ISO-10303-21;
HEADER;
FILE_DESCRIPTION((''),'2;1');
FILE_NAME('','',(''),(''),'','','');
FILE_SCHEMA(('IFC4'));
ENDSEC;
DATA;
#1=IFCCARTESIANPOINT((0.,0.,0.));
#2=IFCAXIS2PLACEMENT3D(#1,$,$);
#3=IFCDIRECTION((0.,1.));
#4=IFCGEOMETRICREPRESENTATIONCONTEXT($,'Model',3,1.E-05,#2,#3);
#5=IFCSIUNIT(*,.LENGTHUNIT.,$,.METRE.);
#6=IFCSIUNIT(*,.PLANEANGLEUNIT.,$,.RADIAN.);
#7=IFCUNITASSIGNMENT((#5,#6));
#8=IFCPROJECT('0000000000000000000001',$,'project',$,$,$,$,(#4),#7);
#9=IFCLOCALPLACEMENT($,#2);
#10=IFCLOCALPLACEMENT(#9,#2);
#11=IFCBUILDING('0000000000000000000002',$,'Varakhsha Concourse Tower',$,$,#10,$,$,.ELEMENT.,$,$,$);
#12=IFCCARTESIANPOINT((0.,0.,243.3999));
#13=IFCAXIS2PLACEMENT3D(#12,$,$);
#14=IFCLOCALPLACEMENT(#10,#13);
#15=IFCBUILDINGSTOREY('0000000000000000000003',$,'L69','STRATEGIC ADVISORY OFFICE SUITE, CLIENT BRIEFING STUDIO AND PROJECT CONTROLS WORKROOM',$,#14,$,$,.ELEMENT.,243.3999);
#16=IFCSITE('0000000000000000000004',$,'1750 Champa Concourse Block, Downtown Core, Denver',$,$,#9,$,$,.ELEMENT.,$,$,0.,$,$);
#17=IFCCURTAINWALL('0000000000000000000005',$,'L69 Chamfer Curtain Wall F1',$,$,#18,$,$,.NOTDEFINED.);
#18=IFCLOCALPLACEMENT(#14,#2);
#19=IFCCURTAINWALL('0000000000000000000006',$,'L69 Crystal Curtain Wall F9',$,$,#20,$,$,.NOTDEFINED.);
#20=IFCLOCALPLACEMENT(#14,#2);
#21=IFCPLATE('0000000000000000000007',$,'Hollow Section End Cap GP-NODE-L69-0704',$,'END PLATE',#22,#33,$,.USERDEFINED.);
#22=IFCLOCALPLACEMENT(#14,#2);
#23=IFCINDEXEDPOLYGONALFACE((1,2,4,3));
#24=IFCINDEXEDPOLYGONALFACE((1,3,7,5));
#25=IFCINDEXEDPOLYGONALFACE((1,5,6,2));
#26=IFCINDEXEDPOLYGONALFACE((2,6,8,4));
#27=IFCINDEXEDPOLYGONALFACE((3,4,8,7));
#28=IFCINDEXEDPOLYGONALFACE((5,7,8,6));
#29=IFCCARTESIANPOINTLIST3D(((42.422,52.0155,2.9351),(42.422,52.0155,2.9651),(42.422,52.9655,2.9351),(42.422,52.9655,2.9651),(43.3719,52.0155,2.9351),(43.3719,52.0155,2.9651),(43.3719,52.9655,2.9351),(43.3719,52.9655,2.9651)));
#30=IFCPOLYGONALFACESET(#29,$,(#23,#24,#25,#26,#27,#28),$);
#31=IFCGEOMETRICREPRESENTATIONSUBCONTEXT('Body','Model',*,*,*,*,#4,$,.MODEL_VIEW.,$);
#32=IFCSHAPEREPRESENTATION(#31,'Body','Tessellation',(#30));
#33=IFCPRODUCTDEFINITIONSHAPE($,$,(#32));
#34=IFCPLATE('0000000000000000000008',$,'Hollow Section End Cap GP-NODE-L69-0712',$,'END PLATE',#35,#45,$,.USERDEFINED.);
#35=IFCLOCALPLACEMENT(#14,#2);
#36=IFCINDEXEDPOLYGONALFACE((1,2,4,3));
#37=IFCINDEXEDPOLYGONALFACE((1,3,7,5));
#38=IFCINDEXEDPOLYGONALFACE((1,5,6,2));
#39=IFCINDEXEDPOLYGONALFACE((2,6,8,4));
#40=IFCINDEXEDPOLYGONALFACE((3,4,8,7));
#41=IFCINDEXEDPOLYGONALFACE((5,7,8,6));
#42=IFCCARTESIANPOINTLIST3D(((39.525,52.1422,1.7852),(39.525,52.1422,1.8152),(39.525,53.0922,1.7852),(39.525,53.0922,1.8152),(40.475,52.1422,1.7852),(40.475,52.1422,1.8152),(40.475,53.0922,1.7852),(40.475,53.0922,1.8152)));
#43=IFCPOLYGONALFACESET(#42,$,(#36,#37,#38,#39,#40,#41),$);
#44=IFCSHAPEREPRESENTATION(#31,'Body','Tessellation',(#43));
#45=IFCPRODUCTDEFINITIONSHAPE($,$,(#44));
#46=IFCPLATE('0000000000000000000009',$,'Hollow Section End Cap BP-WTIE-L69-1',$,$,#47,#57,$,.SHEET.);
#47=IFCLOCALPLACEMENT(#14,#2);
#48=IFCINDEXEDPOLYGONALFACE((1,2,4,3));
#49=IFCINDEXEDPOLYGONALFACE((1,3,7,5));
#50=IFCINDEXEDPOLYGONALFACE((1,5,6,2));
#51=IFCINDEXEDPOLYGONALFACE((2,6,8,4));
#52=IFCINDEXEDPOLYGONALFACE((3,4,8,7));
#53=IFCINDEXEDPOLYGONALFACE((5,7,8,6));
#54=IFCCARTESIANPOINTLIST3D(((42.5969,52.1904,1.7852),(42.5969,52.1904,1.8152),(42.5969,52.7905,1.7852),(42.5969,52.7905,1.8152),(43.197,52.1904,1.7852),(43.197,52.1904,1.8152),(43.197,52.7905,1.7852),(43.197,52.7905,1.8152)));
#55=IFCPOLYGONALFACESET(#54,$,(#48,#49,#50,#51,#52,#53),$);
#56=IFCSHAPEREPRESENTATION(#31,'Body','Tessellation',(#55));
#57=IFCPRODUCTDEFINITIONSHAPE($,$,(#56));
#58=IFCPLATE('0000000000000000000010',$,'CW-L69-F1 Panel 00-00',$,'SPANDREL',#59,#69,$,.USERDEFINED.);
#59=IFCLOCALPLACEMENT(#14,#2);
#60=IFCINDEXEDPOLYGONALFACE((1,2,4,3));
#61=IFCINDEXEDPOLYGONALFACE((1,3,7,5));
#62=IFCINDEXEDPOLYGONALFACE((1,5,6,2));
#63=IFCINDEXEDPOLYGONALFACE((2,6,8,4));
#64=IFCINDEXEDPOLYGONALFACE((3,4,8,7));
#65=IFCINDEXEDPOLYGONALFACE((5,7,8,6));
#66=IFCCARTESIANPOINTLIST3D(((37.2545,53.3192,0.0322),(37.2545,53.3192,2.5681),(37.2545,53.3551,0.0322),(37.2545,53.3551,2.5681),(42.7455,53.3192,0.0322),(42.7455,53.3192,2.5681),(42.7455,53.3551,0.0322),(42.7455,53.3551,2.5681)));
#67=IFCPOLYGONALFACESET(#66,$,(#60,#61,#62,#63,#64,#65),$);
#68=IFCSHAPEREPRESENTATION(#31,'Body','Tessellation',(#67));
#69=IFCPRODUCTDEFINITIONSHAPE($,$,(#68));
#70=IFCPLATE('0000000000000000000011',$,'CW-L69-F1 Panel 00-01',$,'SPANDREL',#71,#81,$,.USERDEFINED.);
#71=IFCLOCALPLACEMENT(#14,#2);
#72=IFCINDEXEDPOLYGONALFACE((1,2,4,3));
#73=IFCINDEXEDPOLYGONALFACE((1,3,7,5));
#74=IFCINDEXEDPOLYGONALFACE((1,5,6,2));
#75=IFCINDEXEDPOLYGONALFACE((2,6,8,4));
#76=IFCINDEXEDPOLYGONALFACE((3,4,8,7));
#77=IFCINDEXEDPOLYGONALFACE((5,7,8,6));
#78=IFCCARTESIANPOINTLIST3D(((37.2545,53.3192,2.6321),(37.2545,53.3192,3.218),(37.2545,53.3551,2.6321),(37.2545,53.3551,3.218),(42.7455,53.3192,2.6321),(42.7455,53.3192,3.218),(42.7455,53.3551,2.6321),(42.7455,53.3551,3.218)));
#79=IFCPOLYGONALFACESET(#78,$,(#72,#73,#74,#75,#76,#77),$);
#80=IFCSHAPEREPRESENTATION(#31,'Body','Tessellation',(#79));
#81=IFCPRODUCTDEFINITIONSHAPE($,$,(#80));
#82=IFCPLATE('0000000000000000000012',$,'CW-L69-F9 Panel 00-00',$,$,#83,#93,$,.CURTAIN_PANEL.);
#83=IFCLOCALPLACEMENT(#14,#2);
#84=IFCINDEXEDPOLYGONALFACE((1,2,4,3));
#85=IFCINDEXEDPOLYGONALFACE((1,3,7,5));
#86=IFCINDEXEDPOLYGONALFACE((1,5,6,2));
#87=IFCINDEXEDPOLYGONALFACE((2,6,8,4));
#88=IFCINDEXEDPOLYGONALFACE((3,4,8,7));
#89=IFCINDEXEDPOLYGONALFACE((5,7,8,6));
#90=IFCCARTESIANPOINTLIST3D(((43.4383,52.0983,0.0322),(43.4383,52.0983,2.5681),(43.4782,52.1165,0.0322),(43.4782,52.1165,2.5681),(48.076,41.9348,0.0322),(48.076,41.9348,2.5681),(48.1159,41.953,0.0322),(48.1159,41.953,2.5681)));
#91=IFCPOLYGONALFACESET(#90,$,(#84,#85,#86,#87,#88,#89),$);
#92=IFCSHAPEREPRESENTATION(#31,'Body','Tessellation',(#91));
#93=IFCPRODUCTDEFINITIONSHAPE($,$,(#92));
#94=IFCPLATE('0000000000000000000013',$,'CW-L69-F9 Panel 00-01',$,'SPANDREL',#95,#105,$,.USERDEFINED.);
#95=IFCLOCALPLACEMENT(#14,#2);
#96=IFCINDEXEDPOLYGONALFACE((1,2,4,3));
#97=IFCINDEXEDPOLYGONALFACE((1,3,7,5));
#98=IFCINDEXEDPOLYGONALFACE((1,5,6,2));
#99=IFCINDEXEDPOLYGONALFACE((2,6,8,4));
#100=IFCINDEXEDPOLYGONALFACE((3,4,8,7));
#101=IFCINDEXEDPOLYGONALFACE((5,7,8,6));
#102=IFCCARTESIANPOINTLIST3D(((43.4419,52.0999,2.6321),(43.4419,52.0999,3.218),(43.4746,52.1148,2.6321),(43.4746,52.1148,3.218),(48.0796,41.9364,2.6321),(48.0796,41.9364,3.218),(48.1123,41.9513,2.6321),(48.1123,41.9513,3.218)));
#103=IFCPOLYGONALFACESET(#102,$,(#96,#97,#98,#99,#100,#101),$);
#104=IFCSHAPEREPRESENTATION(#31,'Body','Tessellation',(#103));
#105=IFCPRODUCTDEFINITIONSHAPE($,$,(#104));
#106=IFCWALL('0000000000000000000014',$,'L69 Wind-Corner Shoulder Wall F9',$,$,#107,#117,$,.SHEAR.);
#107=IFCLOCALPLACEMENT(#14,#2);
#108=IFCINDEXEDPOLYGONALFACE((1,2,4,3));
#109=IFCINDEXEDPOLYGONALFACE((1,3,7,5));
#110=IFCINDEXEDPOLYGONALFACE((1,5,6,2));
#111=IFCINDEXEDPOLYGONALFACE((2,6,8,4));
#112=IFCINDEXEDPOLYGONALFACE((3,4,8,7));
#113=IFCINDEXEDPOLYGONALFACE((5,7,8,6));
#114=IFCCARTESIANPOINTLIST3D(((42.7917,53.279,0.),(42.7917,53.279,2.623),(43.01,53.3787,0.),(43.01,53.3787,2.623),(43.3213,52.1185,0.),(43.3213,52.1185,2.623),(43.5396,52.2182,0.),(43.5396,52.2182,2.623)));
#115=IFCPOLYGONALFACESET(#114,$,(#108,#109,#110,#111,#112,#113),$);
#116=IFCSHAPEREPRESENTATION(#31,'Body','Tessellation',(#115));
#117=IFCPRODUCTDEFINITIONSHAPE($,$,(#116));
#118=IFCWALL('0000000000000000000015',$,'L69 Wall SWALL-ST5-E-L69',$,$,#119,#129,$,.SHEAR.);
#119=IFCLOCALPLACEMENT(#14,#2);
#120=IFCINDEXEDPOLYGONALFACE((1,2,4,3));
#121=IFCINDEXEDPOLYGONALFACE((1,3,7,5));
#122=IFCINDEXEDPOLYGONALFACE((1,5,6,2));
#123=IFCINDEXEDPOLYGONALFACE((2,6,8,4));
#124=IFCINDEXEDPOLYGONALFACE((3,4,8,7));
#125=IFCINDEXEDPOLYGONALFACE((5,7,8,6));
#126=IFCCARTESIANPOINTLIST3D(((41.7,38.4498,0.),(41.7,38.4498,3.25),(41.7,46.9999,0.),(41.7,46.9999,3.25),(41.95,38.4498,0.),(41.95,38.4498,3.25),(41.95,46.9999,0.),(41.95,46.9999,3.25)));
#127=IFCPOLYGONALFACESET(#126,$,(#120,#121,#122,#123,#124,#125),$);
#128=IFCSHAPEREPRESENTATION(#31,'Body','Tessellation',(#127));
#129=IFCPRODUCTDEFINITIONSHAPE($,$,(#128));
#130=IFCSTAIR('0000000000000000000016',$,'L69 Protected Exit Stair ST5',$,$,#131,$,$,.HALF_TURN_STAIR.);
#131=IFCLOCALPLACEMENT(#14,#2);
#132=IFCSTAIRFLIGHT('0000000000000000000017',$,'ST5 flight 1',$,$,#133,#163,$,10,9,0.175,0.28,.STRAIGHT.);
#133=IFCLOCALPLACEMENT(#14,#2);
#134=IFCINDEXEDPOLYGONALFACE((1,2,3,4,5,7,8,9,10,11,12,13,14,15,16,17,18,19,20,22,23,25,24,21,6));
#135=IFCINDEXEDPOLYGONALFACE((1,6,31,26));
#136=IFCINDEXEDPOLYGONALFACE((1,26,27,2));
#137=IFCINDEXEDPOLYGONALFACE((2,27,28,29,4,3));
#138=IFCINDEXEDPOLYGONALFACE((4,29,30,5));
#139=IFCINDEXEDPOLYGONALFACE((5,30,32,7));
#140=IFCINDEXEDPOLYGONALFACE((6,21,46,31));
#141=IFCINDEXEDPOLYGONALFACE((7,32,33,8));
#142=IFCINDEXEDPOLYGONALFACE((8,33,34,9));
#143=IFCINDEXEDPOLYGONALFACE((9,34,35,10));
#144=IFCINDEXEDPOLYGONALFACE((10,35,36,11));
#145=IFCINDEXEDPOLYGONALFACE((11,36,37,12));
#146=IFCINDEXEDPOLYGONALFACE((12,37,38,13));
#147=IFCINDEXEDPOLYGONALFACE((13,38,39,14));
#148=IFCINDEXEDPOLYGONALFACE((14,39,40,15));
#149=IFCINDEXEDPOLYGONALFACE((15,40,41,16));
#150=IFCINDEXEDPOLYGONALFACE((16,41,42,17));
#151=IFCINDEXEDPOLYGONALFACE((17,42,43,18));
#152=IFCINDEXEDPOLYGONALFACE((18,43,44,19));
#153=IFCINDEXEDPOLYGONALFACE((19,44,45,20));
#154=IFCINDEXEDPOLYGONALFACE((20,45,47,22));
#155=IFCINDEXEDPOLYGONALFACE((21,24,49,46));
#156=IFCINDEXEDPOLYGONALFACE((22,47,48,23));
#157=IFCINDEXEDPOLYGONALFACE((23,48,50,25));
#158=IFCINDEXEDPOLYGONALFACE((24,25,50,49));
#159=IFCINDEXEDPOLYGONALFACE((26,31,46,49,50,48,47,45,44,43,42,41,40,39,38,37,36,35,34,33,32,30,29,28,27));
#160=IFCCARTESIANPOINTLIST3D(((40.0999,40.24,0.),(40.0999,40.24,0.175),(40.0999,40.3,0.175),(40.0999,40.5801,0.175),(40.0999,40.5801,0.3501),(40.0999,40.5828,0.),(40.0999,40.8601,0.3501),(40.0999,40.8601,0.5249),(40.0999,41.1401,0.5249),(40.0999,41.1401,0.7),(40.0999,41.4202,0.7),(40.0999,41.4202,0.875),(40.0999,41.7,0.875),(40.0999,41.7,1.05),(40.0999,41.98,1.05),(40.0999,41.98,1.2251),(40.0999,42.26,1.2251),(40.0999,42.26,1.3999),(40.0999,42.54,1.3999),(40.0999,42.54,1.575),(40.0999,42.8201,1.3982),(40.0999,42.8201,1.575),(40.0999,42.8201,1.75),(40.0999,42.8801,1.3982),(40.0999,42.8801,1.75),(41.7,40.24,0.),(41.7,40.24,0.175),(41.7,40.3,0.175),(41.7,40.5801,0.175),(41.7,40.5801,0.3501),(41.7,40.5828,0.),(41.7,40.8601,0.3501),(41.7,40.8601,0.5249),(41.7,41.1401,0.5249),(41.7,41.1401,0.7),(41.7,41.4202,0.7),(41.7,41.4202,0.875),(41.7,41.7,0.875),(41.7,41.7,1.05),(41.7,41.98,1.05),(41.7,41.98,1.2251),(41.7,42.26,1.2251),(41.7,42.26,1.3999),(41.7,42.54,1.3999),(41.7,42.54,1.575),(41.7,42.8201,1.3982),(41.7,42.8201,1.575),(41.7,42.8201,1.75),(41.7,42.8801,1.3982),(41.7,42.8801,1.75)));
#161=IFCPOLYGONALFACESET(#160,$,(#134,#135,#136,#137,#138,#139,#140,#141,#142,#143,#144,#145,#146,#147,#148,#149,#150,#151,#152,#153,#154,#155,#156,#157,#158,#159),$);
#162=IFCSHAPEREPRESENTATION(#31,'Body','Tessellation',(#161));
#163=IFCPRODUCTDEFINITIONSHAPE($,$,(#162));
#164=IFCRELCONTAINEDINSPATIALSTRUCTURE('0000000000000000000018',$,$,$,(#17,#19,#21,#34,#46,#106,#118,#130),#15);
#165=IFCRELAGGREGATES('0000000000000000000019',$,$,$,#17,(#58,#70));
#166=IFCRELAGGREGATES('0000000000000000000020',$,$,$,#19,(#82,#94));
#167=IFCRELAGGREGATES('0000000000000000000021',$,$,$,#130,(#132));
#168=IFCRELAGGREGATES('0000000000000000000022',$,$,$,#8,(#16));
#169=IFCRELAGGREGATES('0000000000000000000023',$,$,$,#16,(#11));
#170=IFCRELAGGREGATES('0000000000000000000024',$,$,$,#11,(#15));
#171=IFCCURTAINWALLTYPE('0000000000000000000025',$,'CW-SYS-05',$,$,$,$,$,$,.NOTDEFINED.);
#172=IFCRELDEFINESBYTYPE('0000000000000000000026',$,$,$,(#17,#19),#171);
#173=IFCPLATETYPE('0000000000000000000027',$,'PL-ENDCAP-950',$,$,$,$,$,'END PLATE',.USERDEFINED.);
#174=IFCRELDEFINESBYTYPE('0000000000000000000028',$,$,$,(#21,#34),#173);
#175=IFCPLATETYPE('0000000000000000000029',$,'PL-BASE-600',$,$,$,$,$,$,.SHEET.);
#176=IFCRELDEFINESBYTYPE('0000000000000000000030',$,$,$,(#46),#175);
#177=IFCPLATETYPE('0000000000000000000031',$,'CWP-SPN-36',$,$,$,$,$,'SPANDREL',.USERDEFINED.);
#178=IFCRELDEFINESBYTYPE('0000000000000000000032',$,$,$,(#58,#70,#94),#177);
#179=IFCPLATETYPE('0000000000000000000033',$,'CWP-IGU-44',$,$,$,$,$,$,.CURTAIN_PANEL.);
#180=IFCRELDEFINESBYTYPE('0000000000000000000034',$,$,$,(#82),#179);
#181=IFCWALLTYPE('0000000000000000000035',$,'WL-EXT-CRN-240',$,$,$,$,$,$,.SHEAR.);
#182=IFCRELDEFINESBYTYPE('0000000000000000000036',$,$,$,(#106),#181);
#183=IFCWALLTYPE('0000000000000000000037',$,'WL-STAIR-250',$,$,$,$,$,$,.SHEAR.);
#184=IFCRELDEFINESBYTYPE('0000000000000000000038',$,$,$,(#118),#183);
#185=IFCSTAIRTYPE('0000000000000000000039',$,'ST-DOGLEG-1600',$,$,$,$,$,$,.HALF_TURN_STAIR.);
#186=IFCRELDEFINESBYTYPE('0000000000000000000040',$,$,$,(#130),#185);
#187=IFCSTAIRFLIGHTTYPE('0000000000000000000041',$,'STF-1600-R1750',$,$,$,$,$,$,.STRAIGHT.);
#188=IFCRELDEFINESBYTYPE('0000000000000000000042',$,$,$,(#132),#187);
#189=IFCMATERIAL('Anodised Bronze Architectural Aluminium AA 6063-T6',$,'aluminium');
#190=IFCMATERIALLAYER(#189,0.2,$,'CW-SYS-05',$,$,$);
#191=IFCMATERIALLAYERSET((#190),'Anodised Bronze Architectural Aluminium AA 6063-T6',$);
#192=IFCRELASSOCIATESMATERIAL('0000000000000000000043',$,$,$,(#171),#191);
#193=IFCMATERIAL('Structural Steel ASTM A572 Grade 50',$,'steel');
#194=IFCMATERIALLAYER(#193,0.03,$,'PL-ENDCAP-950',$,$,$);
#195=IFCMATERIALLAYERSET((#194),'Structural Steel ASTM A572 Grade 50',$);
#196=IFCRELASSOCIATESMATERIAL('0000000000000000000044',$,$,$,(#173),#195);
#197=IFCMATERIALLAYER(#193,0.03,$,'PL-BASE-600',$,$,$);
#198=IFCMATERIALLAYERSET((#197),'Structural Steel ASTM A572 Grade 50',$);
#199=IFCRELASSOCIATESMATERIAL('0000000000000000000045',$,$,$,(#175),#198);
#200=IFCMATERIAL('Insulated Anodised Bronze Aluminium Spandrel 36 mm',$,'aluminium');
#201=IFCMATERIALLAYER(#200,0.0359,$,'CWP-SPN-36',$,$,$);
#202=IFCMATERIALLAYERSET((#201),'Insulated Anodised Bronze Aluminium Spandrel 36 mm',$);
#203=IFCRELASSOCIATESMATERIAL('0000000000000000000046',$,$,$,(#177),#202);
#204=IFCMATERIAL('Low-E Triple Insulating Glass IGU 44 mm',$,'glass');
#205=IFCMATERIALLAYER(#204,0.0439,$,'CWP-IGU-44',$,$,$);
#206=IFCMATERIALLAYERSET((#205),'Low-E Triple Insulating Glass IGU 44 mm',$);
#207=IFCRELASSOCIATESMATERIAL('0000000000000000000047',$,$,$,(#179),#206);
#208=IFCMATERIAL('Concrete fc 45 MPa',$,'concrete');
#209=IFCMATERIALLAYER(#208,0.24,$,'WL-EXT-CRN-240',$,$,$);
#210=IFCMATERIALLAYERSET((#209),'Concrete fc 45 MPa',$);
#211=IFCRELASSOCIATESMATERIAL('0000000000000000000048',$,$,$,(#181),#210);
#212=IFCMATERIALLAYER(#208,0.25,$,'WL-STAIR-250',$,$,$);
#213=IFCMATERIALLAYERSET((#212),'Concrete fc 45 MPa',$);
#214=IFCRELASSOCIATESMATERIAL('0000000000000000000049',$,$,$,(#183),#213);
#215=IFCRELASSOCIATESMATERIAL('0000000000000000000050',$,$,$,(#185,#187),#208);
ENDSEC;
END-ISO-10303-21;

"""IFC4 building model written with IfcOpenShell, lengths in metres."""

from ifc_helpers import new_model, si_unit, direction, frame, frame_2d, origin, origin_2d, place, context, subcontext, project, spatial, polyline, rectangle, outline, extrude, source, transform, mapped, material, layer, layer_set, type_object, type_shapes, element, aggregate, save


model = new_model("IFC4")

# Units and contexts
model_context = context("Model", 3, precision=1e-05, world=origin(), true_north=direction((0.0, 1.0)))
body_context = subcontext(model_context, "Body", "Model", "MODEL_VIEW")
ifc_project = project(units=[si_unit("LENGTHUNIT", "METRE"), si_unit("PLANEANGLEUNIT", "RADIAN")], contexts=[model_context])

# Site, building, storey
site_placement = place(None, origin())
site = spatial("IfcSite", under=ifc_project, at=site_placement, Name="1750 Champa Concourse Block, Downtown Core, Denver", CompositionType="ELEMENT", RefElevation=0.0)
building_placement = place(site_placement, origin())
building = spatial("IfcBuilding", under=site, at=building_placement, Name="Varakhsha Concourse Tower", CompositionType="ELEMENT")
storey_placement = place(building_placement, frame((0.0, 0.0, 243.3999)))
storey = spatial("IfcBuildingStorey", under=building, at=storey_placement, Name="L69", Description="STRATEGIC ADVISORY OFFICE SUITE, CLIENT BRIEFING STUDIO AND PROJECT CONTROLS WORKROOM", CompositionType="ELEMENT", Elevation=243.3999)

# Shared definitions
ifc_material_1 = material(Name="Structural Steel ASTM A572 Grade 50", Category="steel")

# Curtain wall
ifc_material_2 = material(Name="Anodised Bronze Architectural Aluminium AA 6063-T6", Category="aluminium")
ifc_layer_1 = layer(ifc_material_2, 0.2, Name="CW-SYS-05")
ifc_layer_set_1 = layer_set([ifc_layer_1], Name="Anodised Bronze Architectural Aluminium AA 6063-T6")
curtain_wall_type = type_object("IfcCurtainWallType", Name="CW-SYS-05", PredefinedType="NOTDEFINED", material=ifc_layer_set_1)
curtain_wall_1_placement = place(storey_placement, origin())
curtain_wall_1 = element("IfcCurtainWall", 1, at=curtain_wall_1_placement, inside=storey, type_object=curtain_wall_type, Name="L69 Chamfer Curtain Wall F1", PredefinedType="NOTDEFINED")

# Curtain wall
curtain_wall_2_placement = place(storey_placement, origin())
curtain_wall_2 = element("IfcCurtainWall", 2, at=curtain_wall_2_placement, inside=storey, type_object=curtain_wall_type, Name="L69 Crystal Curtain Wall F9", PredefinedType="NOTDEFINED")

# Plates
ifc_layer_2 = layer(ifc_material_1, 0.03, Name="PL-ENDCAP-950")
ifc_layer_set_2 = layer_set([ifc_layer_2], Name="Structural Steel ASTM A572 Grade 50")
plate_type_1 = type_object("IfcPlateType", Name="PL-ENDCAP-950", ElementType="END PLATE", PredefinedType="USERDEFINED", material=ifc_layer_set_2)
shared_shape_1 = source(origin(), body_context, "Body", "SweptSolid", [
    extrude(rectangle(XDim=0.95, YDim=0.95, at=origin_2d()), origin(), (0.0, 0.0, 1.0), 0.03),
])
type_shapes(plate_type_1, [shared_shape_1])
for number, where, z_axis, x_axis, name in (
    (3, (42.897, 52.4905, 2.9351), (0.0, 0.0, 1.0), (1.0, 0.0, 0.0), "Hollow Section End Cap GP-NODE-L69-0704"),
    (4, (40.0, 52.6172, 1.7852), (0.0, 0.0, 1.0), (1.0, 0.0, 0.0), "Hollow Section End Cap GP-NODE-L69-0712"),
):
    element("IfcPlate", number, at=place(storey_placement, frame(where, z_axis=z_axis, x_axis=x_axis)), inside=storey, type_object=plate_type_1, Name=name, ObjectType="END PLATE", PredefinedType="USERDEFINED", context=body_context, shape_type="MappedRepresentation", body=[
        mapped(shared_shape_1, transform((0.0, 0.0, 0.0), scale=1.0)),
    ])
ifc_layer_3 = layer(ifc_material_1, 0.03, Name="PL-BASE-600")
ifc_layer_set_3 = layer_set([ifc_layer_3], Name="Structural Steel ASTM A572 Grade 50")
plate_type_2 = type_object("IfcPlateType", Name="PL-BASE-600", PredefinedType="SHEET", material=ifc_layer_set_3)
shared_shape_2 = source(origin(), body_context, "Body", "SweptSolid", [
    extrude(rectangle(XDim=0.6001, YDim=0.6001, at=origin_2d()), origin(), (0.0, 0.0, 1.0), 0.03),
])
type_shapes(plate_type_2, [shared_shape_2])
plate_1_placement = place(storey_placement, frame((42.897, 52.4905, 1.7852), z_axis=(0.0, 0.0, 1.0), x_axis=(1.0, 0.0, 0.0)))
element("IfcPlate", 5, at=plate_1_placement, inside=storey, type_object=plate_type_2, Name="Hollow Section End Cap BP-WTIE-L69-1", PredefinedType="SHEET", context=body_context, shape_type="MappedRepresentation", body=[
    mapped(shared_shape_2, transform((0.0, 0.0, 0.0), scale=1.0)),
])

# Plates
ifc_material_3 = material(Name="Insulated Anodised Bronze Aluminium Spandrel 36 mm", Category="aluminium")
ifc_layer_4 = layer(ifc_material_3, 0.0359, Name="CWP-SPN-36")
ifc_layer_set_4 = layer_set([ifc_layer_4], Name="Insulated Anodised Bronze Aluminium Spandrel 36 mm")
plate_type_3 = type_object("IfcPlateType", Name="CWP-SPN-36", ElementType="SPANDREL", PredefinedType="USERDEFINED", material=ifc_layer_set_4)
shared_shape_3 = source(origin(), body_context, "Body", "SweptSolid", [
    extrude(rectangle(XDim=5.491, YDim=0.0359, at=origin_2d()), origin(), (0.0, 0.0, 1.0), 2.5359),
])
plate_2_placement = place(storey_placement, frame((40.0, 53.3372, 0.0322), z_axis=(0.0, 0.0, 1.0), x_axis=(1.0, 0.0, 0.0)))
plate_2 = element("IfcPlate", 6, at=plate_2_placement, type_object=plate_type_3, Name="CW-L69-F1 Panel 00-00", ObjectType="SPANDREL", PredefinedType="USERDEFINED", context=body_context, shape_type="MappedRepresentation", body=[
    mapped(shared_shape_3, transform((0.0, 0.0, 0.0), scale=1.0)),
])
shared_shape_4 = source(origin(), body_context, "Body", "SweptSolid", [
    extrude(rectangle(XDim=5.491, YDim=0.0359, at=origin_2d()), origin(), (0.0, 0.0, 1.0), 0.5859),
])
plate_3_placement = place(storey_placement, frame((40.0, 53.3372, 2.6321), z_axis=(0.0, 0.0, 1.0), x_axis=(1.0, 0.0, 0.0)))
plate_3 = element("IfcPlate", 7, at=plate_3_placement, type_object=plate_type_3, Name="CW-L69-F1 Panel 00-01", ObjectType="SPANDREL", PredefinedType="USERDEFINED", context=body_context, shape_type="MappedRepresentation", body=[
    mapped(shared_shape_4, transform((0.0, 0.0, 0.0), scale=1.0)),
])
aggregate(curtain_wall_1, [plate_2, plate_3])
ifc_material_4 = material(Name="Low-E Triple Insulating Glass IGU 44 mm", Category="glass")
ifc_layer_5 = layer(ifc_material_4, 0.0439, Name="CWP-IGU-44")
ifc_layer_set_5 = layer_set([ifc_layer_5], Name="Low-E Triple Insulating Glass IGU 44 mm")
plate_type_4 = type_object("IfcPlateType", Name="CWP-IGU-44", PredefinedType="CURTAIN_PANEL", material=ifc_layer_set_5)
shared_shape_5 = source(origin(), body_context, "Body", "SweptSolid", [
    extrude(rectangle(XDim=11.1716, YDim=0.0439, at=origin_2d()), origin(), (0.0, 0.0, 1.0), 2.5359),
])
type_shapes(plate_type_4, [shared_shape_5])
plate_4_placement = place(storey_placement, frame((45.7771, 47.0256, 0.0322), z_axis=(0.0, 0.0, 1.0), x_axis=(0.415133, -0.909761, 0.0)))
plate_4 = element("IfcPlate", 8, at=plate_4_placement, type_object=plate_type_4, Name="CW-L69-F9 Panel 00-00", PredefinedType="CURTAIN_PANEL", context=body_context, shape_type="MappedRepresentation", body=[
    mapped(shared_shape_5, transform((0.0, 0.0, 0.0), scale=1.0)),
])
shared_shape_6 = source(origin(), body_context, "Body", "SweptSolid", [
    extrude(rectangle(XDim=11.1716, YDim=0.0359, at=origin_2d()), origin(), (0.0, 0.0, 1.0), 0.5859),
])
type_shapes(plate_type_3, [shared_shape_3, shared_shape_4, shared_shape_6])
plate_5_placement = place(storey_placement, frame((45.7771, 47.0256, 2.6321), z_axis=(0.0, 0.0, 1.0), x_axis=(0.415133, -0.909761, 0.0)))
plate_5 = element("IfcPlate", 9, at=plate_5_placement, type_object=plate_type_3, Name="CW-L69-F9 Panel 00-01", ObjectType="SPANDREL", PredefinedType="USERDEFINED", context=body_context, shape_type="MappedRepresentation", body=[
    mapped(shared_shape_6, transform((0.0, 0.0, 0.0), scale=1.0)),
])
aggregate(curtain_wall_2, [plate_4, plate_5])

# Walls
ifc_material_5 = material(Name="Concrete fc 45 MPa", Category="concrete")
ifc_layer_6 = layer(ifc_material_5, 0.24, Name="WL-EXT-CRN-240")
ifc_layer_set_6 = layer_set([ifc_layer_6], Name="Concrete fc 45 MPa")
wall_type_1 = type_object("IfcWallType", Name="WL-EXT-CRN-240", PredefinedType="SHEAR", material=ifc_layer_set_6)
wall_1_placement = place(storey_placement, frame((43.4304, 52.1685, 0.0), z_axis=(0.0, 0.0, 1.0), x_axis=(-0.415158, 0.909749, 0.0)))
element("IfcWall", 10, at=wall_1_placement, inside=storey, type_object=wall_type_1, Name="L69 Wind-Corner Shoulder Wall F9", PredefinedType="SHEAR", context=body_context, shape_type="SweptSolid", body=[
    extrude(rectangle(XDim=1.2756, YDim=0.24, at=frame_2d((0.6377, 0.0))), origin(), (0.0, 0.0, 1.0), 2.623),
])
ifc_layer_7 = layer(ifc_material_5, 0.25, Name="WL-STAIR-250")
ifc_layer_set_7 = layer_set([ifc_layer_7], Name="Concrete fc 45 MPa")
wall_type_2 = type_object("IfcWallType", Name="WL-STAIR-250", PredefinedType="SHEAR", material=ifc_layer_set_7)
wall_2_placement = place(storey_placement, frame((41.825, 38.45, 0.0), z_axis=(0.0, 0.0, 1.0), x_axis=(0.0, 1.0, 0.0)))
element("IfcWall", 11, at=wall_2_placement, inside=storey, type_object=wall_type_2, Name="L69 Wall SWALL-ST5-E-L69", PredefinedType="SHEAR", context=body_context, shape_type="SweptSolid", body=[
    extrude(rectangle(XDim=8.55, YDim=0.25, at=frame_2d((4.2749, 0.0))), origin(), (0.0, 0.0, 1.0), 3.25),
])

# Stair, stair flight
stair_type = type_object("IfcStairType", Name="ST-DOGLEG-1600", PredefinedType="HALF_TURN_STAIR", material=ifc_material_5)
stair_placement = place(storey_placement, origin())
stair = element("IfcStair", 12, at=stair_placement, inside=storey, type_object=stair_type, Name="L69 Protected Exit Stair ST5", PredefinedType="HALF_TURN_STAIR")
stair_flight_type = type_object("IfcStairFlightType", Name="STF-1600-R1750", PredefinedType="STRAIGHT", material=ifc_material_5)
stair_flight_placement = place(storey_placement, frame((40.8999, 40.3, 0.0), z_axis=(0.0, 0.0, 1.0), x_axis=(0.0, 1.0, 0.0)))
stair_flight = element("IfcStairFlight", 13, at=stair_flight_placement, type_object=stair_flight_type, Name="ST5 flight 1", NumberOfRisers=10, NumberOfTreads=9, PredefinedType="STRAIGHT", RiserHeight=0.175, TreadLength=0.28, context=body_context, shape_type="SweptSolid", body=[
    extrude(outline(polyline([(-0.0601, 0.0), (-0.0601, 0.175), (0.0, 0.175), (0.28, 0.175), (0.28, 0.3501), (0.5601, 0.3501), (0.5601, 0.5249), (0.8401, 0.5249), (0.8401, 0.7), (1.1201, 0.7), (1.1201, 0.875), (1.3999, 0.875), (1.3999, 1.05), (1.6799, 1.05), (1.6799, 1.2251), (1.96, 1.2251), (1.96, 1.3999), (2.24, 1.3999), (2.24, 1.575), (2.52, 1.575), (2.52, 1.75), (2.5801, 1.75), (2.5801, 1.3982), (2.52, 1.3982), (0.2827, 0.0), (-0.0601, 0.0)])), frame((0.0, 0.8, 0.0), z_axis=(0.0, -1.0, 0.0), x_axis=(1.0, 0.0, 0.0)), (0.0, 0.0, 1.0), 1.6001),
])
aggregate(stair, [stair_flight])

save(model, "model.ifc")
